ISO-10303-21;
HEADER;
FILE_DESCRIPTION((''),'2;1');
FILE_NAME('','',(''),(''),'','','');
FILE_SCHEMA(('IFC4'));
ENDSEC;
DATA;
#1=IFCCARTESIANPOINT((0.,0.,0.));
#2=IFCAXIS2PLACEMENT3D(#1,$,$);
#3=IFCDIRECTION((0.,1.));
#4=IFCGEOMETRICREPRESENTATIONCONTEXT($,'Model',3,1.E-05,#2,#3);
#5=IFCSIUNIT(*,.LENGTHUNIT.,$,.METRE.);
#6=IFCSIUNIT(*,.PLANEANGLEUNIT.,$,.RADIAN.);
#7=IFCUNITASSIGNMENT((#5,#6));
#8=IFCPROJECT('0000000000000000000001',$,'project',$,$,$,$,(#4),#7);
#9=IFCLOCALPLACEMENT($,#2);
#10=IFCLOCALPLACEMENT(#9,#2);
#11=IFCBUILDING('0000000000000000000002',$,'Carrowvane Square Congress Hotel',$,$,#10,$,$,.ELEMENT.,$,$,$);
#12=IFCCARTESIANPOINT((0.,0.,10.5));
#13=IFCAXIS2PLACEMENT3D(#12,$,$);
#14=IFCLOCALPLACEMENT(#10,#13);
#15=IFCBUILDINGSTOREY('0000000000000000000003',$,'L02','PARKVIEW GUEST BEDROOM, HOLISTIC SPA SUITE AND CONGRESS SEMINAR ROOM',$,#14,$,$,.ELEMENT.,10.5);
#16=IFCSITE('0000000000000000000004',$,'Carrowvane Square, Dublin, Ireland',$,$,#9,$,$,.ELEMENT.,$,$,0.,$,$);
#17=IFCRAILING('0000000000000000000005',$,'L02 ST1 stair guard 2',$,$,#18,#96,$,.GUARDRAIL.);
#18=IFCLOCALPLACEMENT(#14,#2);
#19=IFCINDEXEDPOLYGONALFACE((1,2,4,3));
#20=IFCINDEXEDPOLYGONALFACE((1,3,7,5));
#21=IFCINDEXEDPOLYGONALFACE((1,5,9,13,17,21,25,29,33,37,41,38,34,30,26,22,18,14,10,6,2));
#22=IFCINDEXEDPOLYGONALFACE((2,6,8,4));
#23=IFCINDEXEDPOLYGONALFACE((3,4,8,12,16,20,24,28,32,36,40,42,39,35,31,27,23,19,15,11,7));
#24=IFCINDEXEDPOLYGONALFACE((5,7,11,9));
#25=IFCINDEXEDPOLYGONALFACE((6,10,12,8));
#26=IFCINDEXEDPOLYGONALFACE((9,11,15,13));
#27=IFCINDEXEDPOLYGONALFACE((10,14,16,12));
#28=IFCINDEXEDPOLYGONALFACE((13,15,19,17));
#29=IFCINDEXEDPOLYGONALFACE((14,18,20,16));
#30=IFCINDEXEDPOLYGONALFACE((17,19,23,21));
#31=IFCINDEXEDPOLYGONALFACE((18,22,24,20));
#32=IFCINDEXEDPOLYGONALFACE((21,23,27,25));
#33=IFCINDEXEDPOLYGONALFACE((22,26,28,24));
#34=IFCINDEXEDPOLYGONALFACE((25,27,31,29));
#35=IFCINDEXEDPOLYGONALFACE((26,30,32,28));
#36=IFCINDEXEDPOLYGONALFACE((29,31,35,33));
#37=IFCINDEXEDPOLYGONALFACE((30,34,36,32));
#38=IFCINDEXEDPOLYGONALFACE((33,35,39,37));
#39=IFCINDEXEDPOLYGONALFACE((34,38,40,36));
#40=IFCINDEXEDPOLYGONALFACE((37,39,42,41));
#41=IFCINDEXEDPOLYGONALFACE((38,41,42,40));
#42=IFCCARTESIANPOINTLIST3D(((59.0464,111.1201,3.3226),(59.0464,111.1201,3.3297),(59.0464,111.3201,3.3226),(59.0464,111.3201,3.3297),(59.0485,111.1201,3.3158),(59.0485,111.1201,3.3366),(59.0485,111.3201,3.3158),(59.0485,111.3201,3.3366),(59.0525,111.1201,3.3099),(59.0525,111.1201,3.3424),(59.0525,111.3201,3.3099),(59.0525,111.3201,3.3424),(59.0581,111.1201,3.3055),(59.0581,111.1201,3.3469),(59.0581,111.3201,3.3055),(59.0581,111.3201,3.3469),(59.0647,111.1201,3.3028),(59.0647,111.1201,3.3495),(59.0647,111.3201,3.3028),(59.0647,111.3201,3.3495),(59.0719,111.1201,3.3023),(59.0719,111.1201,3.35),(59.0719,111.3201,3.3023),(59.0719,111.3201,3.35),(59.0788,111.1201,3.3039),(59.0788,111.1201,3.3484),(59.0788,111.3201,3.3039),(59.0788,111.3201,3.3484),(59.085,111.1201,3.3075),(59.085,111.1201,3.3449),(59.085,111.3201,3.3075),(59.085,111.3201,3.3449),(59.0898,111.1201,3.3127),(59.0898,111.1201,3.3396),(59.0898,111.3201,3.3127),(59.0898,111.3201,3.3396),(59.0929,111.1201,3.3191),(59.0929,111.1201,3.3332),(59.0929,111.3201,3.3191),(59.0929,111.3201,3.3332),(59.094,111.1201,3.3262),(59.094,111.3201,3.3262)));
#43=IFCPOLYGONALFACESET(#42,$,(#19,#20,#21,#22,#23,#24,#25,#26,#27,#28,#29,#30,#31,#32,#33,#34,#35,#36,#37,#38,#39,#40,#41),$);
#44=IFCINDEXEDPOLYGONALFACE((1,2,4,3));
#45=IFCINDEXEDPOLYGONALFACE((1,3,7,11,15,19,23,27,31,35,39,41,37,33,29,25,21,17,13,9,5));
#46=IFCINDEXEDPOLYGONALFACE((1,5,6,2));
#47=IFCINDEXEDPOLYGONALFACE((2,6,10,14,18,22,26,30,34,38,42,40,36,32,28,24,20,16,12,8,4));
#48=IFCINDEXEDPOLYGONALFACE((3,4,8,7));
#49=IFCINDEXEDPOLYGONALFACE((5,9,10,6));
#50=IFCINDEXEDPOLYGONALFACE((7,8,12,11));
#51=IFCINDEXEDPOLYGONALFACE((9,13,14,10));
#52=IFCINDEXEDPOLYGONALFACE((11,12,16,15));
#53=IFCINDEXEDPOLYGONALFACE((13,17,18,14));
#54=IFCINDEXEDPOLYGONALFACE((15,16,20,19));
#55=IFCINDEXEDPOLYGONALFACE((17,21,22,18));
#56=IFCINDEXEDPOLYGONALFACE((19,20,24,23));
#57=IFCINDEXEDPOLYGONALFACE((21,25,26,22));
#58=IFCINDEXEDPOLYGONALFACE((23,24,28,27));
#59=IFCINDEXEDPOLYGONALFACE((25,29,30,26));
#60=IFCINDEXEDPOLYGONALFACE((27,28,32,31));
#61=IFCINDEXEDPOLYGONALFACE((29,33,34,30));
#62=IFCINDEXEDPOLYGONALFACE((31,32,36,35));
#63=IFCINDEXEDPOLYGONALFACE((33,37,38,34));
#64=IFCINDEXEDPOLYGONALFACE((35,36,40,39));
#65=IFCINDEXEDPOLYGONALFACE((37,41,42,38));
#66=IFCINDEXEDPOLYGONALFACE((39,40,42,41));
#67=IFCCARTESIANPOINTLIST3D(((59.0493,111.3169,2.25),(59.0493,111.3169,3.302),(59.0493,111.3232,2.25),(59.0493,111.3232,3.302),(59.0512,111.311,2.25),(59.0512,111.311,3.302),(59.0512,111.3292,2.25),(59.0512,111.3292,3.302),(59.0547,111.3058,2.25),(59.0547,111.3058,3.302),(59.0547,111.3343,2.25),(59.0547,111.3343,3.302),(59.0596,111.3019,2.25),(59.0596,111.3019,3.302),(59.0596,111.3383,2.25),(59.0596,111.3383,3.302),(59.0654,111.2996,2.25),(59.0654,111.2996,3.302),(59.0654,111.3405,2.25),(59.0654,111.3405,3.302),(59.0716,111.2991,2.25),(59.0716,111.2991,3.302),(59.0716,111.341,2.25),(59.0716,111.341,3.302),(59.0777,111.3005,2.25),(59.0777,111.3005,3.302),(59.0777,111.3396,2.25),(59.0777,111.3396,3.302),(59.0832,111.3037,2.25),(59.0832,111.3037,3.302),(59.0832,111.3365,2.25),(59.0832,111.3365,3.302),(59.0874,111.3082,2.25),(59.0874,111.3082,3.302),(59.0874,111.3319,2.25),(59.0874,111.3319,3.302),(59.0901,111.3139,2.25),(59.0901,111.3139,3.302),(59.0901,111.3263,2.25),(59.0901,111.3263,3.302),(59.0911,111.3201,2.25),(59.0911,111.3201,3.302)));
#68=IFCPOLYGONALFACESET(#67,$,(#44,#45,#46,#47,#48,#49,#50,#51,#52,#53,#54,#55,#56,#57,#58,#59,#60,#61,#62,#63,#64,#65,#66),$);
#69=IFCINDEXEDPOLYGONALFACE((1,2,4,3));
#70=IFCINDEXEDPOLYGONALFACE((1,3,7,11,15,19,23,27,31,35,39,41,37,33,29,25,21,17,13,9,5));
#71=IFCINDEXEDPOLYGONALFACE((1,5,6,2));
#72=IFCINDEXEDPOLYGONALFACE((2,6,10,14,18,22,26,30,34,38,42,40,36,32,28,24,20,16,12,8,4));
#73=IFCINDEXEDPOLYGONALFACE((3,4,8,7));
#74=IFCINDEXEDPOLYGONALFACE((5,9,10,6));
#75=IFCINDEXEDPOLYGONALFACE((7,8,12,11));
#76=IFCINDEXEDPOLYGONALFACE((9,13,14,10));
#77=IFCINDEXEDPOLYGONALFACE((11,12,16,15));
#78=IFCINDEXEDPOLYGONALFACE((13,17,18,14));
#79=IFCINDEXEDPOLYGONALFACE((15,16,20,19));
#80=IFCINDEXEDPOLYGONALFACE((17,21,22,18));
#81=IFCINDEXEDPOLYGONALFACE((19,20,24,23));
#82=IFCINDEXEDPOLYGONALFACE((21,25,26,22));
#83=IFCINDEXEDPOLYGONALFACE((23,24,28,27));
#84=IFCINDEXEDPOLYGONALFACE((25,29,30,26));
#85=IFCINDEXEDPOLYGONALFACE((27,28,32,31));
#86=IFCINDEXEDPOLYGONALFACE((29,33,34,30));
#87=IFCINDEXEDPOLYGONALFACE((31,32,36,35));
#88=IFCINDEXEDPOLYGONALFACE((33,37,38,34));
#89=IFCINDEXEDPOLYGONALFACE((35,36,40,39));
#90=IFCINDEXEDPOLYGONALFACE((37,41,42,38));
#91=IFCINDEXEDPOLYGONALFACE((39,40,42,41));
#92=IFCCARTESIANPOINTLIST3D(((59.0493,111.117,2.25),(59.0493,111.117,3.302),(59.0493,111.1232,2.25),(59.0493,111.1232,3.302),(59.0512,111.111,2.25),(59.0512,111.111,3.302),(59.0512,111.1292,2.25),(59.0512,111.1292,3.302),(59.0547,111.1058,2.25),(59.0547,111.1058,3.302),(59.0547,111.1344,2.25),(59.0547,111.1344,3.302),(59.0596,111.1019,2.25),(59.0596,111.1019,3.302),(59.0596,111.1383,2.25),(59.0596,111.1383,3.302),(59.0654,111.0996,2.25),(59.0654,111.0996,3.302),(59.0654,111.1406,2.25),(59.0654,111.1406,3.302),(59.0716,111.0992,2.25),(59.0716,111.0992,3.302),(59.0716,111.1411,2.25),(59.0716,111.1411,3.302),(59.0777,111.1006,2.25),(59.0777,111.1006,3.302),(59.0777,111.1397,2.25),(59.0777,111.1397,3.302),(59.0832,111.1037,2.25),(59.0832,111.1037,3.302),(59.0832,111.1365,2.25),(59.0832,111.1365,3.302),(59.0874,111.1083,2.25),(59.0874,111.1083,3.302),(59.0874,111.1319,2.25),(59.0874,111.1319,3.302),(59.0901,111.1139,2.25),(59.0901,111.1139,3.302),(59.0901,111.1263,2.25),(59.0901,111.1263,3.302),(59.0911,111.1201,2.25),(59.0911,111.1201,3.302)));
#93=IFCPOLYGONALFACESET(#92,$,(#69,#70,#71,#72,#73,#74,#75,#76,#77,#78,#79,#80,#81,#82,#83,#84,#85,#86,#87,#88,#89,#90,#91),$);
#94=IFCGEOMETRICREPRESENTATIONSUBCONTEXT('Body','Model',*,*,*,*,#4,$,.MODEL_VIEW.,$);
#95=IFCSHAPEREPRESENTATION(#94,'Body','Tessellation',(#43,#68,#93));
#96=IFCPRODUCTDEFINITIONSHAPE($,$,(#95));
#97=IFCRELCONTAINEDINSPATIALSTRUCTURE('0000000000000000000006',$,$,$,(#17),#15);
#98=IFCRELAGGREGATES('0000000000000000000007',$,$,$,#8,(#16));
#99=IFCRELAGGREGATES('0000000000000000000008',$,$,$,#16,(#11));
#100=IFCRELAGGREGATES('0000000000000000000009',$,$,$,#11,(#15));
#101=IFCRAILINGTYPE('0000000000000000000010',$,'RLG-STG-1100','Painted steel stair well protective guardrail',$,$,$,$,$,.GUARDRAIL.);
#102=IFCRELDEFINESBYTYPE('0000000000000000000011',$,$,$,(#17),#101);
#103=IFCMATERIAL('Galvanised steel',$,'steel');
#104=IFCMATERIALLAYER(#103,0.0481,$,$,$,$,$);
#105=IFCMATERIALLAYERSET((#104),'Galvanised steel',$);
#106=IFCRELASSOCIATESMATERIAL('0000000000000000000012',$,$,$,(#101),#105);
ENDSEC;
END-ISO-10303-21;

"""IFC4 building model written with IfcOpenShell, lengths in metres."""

from ifc_helpers import new_model, si_unit, direction, frame, origin, origin_2d, place, context, subcontext, project, spatial, circle, extrude, material, layer, layer_set, type_object, element, save


model = new_model("IFC4")

# Units and contexts
model_context = context("Model", 3, precision=1e-05, world=origin(), true_north=direction((0.0, 1.0)))
body_context = subcontext(model_context, "Body", "Model", "MODEL_VIEW")
ifc_project = project(units=[si_unit("LENGTHUNIT", "METRE"), si_unit("PLANEANGLEUNIT", "RADIAN")], contexts=[model_context])

# Site, building, storey
site_placement = place(None, origin())
site = spatial("IfcSite", under=ifc_project, at=site_placement, Name="Carrowvane Square, Dublin, Ireland", CompositionType="ELEMENT", RefElevation=0.0)
building_placement = place(site_placement, origin())
building = spatial("IfcBuilding", under=site, at=building_placement, Name="Carrowvane Square Congress Hotel", CompositionType="ELEMENT")
storey_placement = place(building_placement, frame((0.0, 0.0, 10.5)))
storey = spatial("IfcBuildingStorey", under=building, at=storey_placement, Name="L02", Description="PARKVIEW GUEST BEDROOM, HOLISTIC SPA SUITE AND CONGRESS SEMINAR ROOM", CompositionType="ELEMENT", Elevation=10.5)

# Railing
ifc_material_1 = material(Name="Galvanised steel", Category="steel")
ifc_layer_1 = layer(ifc_material_1, 0.0481)
ifc_layer_set_1 = layer_set([ifc_layer_1], Name="Galvanised steel")
railing_type_1 = type_object("IfcRailingType", Name="RLG-STG-1100", Description="Painted steel stair well protective guardrail", PredefinedType="GUARDRAIL", material=ifc_layer_set_1)
railing_1_placement = place(storey_placement, frame((59.0701, 111.3201, 2.25)))
element("IfcRailing", 1, at=railing_1_placement, inside=storey, type_object=railing_type_1, Name="L02 ST1 stair guard 2", PredefinedType="GUARDRAIL", context=body_context, shape_type="SweptSolid", body=[
    extrude(circle(Radius=0.0239, at=origin_2d()), frame((0.0, 0.0, 1.0762), z_axis=(0.0, -1.0, 0.0), x_axis=(1.0, 0.0, 0.0)), (0.0, 0.0, 1.0), 0.2),
    extrude(circle(Radius=0.021, at=origin_2d()), origin(), (0.0, 0.0, 1.0), 1.052),
    extrude(circle(Radius=0.021, at=origin_2d()), frame((0.0, -0.2, 0.0)), (0.0, 0.0, 1.0), 1.052),
])

save(model, "model.ifc")
